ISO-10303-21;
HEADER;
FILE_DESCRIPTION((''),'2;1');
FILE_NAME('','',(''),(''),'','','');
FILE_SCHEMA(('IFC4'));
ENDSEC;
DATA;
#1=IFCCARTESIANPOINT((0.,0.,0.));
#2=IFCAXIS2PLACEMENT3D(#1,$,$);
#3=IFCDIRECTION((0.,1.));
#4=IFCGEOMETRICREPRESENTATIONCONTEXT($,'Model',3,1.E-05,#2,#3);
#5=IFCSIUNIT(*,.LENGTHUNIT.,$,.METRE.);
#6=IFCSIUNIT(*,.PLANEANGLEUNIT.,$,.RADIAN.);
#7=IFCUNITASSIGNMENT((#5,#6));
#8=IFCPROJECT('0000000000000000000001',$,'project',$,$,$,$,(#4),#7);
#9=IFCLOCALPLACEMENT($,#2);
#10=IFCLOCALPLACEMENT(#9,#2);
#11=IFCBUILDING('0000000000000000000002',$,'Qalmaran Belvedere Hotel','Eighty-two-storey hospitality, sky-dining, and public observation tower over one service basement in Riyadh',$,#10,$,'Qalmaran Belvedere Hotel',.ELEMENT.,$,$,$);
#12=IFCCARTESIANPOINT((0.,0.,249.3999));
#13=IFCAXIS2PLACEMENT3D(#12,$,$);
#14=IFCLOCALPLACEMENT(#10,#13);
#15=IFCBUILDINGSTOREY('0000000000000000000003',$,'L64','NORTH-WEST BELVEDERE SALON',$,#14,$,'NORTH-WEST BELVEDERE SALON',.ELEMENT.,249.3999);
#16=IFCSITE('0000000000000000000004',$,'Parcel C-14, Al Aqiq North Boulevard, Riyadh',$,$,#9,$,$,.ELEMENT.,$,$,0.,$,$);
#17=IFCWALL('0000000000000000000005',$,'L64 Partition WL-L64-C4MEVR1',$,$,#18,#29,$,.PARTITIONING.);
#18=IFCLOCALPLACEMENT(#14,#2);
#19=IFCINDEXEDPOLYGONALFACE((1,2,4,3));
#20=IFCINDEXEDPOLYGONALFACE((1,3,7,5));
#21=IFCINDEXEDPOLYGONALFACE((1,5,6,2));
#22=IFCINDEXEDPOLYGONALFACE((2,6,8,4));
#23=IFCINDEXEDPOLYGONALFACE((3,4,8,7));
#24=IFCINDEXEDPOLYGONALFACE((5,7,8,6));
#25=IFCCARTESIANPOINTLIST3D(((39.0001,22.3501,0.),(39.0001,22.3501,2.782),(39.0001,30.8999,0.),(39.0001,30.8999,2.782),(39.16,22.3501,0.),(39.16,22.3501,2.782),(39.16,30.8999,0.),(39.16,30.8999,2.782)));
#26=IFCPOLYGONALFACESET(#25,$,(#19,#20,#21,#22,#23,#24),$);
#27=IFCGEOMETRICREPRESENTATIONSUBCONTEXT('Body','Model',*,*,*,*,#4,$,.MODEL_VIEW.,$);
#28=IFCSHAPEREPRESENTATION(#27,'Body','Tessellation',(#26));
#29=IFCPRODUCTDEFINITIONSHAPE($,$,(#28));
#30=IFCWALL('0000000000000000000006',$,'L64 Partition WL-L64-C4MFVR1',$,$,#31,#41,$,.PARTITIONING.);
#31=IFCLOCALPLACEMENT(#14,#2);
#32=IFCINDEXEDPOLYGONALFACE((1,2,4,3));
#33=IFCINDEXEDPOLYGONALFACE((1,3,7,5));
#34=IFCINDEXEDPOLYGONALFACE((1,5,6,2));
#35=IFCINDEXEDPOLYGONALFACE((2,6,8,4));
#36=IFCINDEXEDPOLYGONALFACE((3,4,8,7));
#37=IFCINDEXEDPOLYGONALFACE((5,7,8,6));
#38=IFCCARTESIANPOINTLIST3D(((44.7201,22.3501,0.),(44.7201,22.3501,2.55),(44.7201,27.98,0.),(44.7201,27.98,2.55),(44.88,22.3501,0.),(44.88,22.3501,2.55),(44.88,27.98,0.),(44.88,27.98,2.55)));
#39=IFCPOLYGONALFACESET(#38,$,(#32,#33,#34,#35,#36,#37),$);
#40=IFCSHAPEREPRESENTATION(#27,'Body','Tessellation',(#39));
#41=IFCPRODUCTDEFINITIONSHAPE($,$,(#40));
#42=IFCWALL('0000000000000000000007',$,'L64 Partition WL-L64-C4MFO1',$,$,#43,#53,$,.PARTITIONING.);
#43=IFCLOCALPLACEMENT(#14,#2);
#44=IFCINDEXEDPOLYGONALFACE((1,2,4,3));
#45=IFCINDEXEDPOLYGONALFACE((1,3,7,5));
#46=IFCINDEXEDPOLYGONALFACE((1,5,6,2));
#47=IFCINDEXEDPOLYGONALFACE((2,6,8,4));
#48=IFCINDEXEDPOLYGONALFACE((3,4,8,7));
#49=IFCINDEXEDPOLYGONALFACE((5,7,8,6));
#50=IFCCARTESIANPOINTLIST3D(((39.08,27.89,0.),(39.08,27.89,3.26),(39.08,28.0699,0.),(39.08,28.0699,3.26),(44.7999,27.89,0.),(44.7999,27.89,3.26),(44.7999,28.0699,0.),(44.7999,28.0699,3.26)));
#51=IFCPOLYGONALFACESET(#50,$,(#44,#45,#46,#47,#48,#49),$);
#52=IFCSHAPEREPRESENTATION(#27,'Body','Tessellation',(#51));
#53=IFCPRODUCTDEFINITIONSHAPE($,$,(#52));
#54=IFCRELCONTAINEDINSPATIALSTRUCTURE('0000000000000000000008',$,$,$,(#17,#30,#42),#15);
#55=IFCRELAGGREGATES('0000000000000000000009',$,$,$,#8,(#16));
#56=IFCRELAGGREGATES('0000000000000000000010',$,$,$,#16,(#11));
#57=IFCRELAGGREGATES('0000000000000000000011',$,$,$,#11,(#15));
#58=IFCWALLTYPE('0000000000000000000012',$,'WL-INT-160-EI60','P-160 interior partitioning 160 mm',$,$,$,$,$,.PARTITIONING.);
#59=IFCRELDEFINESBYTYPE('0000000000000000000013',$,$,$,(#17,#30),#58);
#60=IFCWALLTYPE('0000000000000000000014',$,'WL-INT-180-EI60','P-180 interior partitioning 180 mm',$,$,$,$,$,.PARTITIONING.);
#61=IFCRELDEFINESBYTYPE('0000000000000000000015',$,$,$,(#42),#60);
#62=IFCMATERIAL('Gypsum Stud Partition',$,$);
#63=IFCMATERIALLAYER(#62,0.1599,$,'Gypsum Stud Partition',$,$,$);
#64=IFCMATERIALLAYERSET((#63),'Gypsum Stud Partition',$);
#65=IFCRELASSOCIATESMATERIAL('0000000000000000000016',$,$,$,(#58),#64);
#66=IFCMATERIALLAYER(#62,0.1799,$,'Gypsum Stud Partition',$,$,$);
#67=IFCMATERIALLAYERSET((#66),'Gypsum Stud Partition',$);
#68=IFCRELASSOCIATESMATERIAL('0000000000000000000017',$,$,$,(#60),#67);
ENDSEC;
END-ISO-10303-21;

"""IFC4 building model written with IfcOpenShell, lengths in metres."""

from ifc_helpers import new_model, si_unit, direction, frame, frame_2d, origin, place, context, subcontext, project, spatial, rectangle, extrude, material, layer, layer_set, type_object, element, save


model = new_model("IFC4")

# Units and contexts
model_context = context("Model", 3, precision=1e-05, world=origin(), true_north=direction((0.0, 1.0)))
body_context = subcontext(model_context, "Body", "Model", "MODEL_VIEW")
ifc_project = project(units=[si_unit("LENGTHUNIT", "METRE"), si_unit("PLANEANGLEUNIT", "RADIAN")], contexts=[model_context])

# Site, building, storey
site_placement = place(None, origin())
site = spatial("IfcSite", under=ifc_project, at=site_placement, Name="Parcel C-14, Al Aqiq North Boulevard, Riyadh", CompositionType="ELEMENT", RefElevation=0.0)
building_placement = place(site_placement, origin())
building = spatial("IfcBuilding", under=site, at=building_placement, Name="Qalmaran Belvedere Hotel", Description="Eighty-two-storey hospitality, sky-dining, and public observation tower over one service basement in Riyadh", LongName="Qalmaran Belvedere Hotel", CompositionType="ELEMENT")
storey_placement = place(building_placement, frame((0.0, 0.0, 249.3999)))
storey = spatial("IfcBuildingStorey", under=building, at=storey_placement, Name="L64", Description="NORTH-WEST BELVEDERE SALON", LongName="NORTH-WEST BELVEDERE SALON", CompositionType="ELEMENT", Elevation=249.3999)

# Shared definitions
ifc_material_1 = material(Name="Gypsum Stud Partition")
ifc_layer_1 = layer(ifc_material_1, 0.1599, Name="Gypsum Stud Partition")
ifc_layer_set_1 = layer_set([ifc_layer_1], Name="Gypsum Stud Partition")
wall_type_1 = type_object("IfcWallType", Name="WL-INT-160-EI60", Description="P-160 interior partitioning 160 mm", PredefinedType="PARTITIONING", material=ifc_layer_set_1)

# Walls
wall_1_placement = place(storey_placement, frame((39.0801, 22.3501, 0.0), z_axis=(0.0, 0.0, 1.0), x_axis=(0.0, 1.0, 0.0)))
element("IfcWall", 1, at=wall_1_placement, inside=storey, type_object=wall_type_1, Name="L64 Partition WL-L64-C4MEVR1", PredefinedType="PARTITIONING", context=body_context, shape_type="SweptSolid", body=[
    extrude(rectangle(XDim=8.5498, YDim=0.1599, at=frame_2d((4.2749, 0.0))), origin(), (0.0, 0.0, 1.0), 2.782),
])
wall_2_placement = place(storey_placement, frame((44.8, 22.3501, 0.0), z_axis=(0.0, 0.0, 1.0), x_axis=(0.0, 1.0, 0.0)))
element("IfcWall", 2, at=wall_2_placement, inside=storey, type_object=wall_type_1, Name="L64 Partition WL-L64-C4MFVR1", PredefinedType="PARTITIONING", context=body_context, shape_type="SweptSolid", body=[
    extrude(rectangle(XDim=5.6299, YDim=0.1599, at=frame_2d((2.8149, 0.0))), origin(), (0.0, 0.0, 1.0), 2.55),
])

# Shared definitions
ifc_layer_2 = layer(ifc_material_1, 0.1799, Name="Gypsum Stud Partition")
ifc_layer_set_2 = layer_set([ifc_layer_2], Name="Gypsum Stud Partition")
wall_type_2 = type_object("IfcWallType", Name="WL-INT-180-EI60", Description="P-180 interior partitioning 180 mm", PredefinedType="PARTITIONING", material=ifc_layer_set_2)

# Wall
wall_3_placement = place(storey_placement, frame((39.0801, 27.98, 0.0), z_axis=(0.0, 0.0, 1.0), x_axis=(1.0, 0.0, 0.0)))
element("IfcWall", 3, at=wall_3_placement, inside=storey, type_object=wall_type_2, Name="L64 Partition WL-L64-C4MFO1", PredefinedType="PARTITIONING", context=body_context, shape_type="SweptSolid", body=[
    extrude(rectangle(XDim=5.72, YDim=0.1799, at=frame_2d((2.8599, 0.0))), origin(), (0.0, 0.0, 1.0), 3.26),
])

save(model, "model.ifc")
